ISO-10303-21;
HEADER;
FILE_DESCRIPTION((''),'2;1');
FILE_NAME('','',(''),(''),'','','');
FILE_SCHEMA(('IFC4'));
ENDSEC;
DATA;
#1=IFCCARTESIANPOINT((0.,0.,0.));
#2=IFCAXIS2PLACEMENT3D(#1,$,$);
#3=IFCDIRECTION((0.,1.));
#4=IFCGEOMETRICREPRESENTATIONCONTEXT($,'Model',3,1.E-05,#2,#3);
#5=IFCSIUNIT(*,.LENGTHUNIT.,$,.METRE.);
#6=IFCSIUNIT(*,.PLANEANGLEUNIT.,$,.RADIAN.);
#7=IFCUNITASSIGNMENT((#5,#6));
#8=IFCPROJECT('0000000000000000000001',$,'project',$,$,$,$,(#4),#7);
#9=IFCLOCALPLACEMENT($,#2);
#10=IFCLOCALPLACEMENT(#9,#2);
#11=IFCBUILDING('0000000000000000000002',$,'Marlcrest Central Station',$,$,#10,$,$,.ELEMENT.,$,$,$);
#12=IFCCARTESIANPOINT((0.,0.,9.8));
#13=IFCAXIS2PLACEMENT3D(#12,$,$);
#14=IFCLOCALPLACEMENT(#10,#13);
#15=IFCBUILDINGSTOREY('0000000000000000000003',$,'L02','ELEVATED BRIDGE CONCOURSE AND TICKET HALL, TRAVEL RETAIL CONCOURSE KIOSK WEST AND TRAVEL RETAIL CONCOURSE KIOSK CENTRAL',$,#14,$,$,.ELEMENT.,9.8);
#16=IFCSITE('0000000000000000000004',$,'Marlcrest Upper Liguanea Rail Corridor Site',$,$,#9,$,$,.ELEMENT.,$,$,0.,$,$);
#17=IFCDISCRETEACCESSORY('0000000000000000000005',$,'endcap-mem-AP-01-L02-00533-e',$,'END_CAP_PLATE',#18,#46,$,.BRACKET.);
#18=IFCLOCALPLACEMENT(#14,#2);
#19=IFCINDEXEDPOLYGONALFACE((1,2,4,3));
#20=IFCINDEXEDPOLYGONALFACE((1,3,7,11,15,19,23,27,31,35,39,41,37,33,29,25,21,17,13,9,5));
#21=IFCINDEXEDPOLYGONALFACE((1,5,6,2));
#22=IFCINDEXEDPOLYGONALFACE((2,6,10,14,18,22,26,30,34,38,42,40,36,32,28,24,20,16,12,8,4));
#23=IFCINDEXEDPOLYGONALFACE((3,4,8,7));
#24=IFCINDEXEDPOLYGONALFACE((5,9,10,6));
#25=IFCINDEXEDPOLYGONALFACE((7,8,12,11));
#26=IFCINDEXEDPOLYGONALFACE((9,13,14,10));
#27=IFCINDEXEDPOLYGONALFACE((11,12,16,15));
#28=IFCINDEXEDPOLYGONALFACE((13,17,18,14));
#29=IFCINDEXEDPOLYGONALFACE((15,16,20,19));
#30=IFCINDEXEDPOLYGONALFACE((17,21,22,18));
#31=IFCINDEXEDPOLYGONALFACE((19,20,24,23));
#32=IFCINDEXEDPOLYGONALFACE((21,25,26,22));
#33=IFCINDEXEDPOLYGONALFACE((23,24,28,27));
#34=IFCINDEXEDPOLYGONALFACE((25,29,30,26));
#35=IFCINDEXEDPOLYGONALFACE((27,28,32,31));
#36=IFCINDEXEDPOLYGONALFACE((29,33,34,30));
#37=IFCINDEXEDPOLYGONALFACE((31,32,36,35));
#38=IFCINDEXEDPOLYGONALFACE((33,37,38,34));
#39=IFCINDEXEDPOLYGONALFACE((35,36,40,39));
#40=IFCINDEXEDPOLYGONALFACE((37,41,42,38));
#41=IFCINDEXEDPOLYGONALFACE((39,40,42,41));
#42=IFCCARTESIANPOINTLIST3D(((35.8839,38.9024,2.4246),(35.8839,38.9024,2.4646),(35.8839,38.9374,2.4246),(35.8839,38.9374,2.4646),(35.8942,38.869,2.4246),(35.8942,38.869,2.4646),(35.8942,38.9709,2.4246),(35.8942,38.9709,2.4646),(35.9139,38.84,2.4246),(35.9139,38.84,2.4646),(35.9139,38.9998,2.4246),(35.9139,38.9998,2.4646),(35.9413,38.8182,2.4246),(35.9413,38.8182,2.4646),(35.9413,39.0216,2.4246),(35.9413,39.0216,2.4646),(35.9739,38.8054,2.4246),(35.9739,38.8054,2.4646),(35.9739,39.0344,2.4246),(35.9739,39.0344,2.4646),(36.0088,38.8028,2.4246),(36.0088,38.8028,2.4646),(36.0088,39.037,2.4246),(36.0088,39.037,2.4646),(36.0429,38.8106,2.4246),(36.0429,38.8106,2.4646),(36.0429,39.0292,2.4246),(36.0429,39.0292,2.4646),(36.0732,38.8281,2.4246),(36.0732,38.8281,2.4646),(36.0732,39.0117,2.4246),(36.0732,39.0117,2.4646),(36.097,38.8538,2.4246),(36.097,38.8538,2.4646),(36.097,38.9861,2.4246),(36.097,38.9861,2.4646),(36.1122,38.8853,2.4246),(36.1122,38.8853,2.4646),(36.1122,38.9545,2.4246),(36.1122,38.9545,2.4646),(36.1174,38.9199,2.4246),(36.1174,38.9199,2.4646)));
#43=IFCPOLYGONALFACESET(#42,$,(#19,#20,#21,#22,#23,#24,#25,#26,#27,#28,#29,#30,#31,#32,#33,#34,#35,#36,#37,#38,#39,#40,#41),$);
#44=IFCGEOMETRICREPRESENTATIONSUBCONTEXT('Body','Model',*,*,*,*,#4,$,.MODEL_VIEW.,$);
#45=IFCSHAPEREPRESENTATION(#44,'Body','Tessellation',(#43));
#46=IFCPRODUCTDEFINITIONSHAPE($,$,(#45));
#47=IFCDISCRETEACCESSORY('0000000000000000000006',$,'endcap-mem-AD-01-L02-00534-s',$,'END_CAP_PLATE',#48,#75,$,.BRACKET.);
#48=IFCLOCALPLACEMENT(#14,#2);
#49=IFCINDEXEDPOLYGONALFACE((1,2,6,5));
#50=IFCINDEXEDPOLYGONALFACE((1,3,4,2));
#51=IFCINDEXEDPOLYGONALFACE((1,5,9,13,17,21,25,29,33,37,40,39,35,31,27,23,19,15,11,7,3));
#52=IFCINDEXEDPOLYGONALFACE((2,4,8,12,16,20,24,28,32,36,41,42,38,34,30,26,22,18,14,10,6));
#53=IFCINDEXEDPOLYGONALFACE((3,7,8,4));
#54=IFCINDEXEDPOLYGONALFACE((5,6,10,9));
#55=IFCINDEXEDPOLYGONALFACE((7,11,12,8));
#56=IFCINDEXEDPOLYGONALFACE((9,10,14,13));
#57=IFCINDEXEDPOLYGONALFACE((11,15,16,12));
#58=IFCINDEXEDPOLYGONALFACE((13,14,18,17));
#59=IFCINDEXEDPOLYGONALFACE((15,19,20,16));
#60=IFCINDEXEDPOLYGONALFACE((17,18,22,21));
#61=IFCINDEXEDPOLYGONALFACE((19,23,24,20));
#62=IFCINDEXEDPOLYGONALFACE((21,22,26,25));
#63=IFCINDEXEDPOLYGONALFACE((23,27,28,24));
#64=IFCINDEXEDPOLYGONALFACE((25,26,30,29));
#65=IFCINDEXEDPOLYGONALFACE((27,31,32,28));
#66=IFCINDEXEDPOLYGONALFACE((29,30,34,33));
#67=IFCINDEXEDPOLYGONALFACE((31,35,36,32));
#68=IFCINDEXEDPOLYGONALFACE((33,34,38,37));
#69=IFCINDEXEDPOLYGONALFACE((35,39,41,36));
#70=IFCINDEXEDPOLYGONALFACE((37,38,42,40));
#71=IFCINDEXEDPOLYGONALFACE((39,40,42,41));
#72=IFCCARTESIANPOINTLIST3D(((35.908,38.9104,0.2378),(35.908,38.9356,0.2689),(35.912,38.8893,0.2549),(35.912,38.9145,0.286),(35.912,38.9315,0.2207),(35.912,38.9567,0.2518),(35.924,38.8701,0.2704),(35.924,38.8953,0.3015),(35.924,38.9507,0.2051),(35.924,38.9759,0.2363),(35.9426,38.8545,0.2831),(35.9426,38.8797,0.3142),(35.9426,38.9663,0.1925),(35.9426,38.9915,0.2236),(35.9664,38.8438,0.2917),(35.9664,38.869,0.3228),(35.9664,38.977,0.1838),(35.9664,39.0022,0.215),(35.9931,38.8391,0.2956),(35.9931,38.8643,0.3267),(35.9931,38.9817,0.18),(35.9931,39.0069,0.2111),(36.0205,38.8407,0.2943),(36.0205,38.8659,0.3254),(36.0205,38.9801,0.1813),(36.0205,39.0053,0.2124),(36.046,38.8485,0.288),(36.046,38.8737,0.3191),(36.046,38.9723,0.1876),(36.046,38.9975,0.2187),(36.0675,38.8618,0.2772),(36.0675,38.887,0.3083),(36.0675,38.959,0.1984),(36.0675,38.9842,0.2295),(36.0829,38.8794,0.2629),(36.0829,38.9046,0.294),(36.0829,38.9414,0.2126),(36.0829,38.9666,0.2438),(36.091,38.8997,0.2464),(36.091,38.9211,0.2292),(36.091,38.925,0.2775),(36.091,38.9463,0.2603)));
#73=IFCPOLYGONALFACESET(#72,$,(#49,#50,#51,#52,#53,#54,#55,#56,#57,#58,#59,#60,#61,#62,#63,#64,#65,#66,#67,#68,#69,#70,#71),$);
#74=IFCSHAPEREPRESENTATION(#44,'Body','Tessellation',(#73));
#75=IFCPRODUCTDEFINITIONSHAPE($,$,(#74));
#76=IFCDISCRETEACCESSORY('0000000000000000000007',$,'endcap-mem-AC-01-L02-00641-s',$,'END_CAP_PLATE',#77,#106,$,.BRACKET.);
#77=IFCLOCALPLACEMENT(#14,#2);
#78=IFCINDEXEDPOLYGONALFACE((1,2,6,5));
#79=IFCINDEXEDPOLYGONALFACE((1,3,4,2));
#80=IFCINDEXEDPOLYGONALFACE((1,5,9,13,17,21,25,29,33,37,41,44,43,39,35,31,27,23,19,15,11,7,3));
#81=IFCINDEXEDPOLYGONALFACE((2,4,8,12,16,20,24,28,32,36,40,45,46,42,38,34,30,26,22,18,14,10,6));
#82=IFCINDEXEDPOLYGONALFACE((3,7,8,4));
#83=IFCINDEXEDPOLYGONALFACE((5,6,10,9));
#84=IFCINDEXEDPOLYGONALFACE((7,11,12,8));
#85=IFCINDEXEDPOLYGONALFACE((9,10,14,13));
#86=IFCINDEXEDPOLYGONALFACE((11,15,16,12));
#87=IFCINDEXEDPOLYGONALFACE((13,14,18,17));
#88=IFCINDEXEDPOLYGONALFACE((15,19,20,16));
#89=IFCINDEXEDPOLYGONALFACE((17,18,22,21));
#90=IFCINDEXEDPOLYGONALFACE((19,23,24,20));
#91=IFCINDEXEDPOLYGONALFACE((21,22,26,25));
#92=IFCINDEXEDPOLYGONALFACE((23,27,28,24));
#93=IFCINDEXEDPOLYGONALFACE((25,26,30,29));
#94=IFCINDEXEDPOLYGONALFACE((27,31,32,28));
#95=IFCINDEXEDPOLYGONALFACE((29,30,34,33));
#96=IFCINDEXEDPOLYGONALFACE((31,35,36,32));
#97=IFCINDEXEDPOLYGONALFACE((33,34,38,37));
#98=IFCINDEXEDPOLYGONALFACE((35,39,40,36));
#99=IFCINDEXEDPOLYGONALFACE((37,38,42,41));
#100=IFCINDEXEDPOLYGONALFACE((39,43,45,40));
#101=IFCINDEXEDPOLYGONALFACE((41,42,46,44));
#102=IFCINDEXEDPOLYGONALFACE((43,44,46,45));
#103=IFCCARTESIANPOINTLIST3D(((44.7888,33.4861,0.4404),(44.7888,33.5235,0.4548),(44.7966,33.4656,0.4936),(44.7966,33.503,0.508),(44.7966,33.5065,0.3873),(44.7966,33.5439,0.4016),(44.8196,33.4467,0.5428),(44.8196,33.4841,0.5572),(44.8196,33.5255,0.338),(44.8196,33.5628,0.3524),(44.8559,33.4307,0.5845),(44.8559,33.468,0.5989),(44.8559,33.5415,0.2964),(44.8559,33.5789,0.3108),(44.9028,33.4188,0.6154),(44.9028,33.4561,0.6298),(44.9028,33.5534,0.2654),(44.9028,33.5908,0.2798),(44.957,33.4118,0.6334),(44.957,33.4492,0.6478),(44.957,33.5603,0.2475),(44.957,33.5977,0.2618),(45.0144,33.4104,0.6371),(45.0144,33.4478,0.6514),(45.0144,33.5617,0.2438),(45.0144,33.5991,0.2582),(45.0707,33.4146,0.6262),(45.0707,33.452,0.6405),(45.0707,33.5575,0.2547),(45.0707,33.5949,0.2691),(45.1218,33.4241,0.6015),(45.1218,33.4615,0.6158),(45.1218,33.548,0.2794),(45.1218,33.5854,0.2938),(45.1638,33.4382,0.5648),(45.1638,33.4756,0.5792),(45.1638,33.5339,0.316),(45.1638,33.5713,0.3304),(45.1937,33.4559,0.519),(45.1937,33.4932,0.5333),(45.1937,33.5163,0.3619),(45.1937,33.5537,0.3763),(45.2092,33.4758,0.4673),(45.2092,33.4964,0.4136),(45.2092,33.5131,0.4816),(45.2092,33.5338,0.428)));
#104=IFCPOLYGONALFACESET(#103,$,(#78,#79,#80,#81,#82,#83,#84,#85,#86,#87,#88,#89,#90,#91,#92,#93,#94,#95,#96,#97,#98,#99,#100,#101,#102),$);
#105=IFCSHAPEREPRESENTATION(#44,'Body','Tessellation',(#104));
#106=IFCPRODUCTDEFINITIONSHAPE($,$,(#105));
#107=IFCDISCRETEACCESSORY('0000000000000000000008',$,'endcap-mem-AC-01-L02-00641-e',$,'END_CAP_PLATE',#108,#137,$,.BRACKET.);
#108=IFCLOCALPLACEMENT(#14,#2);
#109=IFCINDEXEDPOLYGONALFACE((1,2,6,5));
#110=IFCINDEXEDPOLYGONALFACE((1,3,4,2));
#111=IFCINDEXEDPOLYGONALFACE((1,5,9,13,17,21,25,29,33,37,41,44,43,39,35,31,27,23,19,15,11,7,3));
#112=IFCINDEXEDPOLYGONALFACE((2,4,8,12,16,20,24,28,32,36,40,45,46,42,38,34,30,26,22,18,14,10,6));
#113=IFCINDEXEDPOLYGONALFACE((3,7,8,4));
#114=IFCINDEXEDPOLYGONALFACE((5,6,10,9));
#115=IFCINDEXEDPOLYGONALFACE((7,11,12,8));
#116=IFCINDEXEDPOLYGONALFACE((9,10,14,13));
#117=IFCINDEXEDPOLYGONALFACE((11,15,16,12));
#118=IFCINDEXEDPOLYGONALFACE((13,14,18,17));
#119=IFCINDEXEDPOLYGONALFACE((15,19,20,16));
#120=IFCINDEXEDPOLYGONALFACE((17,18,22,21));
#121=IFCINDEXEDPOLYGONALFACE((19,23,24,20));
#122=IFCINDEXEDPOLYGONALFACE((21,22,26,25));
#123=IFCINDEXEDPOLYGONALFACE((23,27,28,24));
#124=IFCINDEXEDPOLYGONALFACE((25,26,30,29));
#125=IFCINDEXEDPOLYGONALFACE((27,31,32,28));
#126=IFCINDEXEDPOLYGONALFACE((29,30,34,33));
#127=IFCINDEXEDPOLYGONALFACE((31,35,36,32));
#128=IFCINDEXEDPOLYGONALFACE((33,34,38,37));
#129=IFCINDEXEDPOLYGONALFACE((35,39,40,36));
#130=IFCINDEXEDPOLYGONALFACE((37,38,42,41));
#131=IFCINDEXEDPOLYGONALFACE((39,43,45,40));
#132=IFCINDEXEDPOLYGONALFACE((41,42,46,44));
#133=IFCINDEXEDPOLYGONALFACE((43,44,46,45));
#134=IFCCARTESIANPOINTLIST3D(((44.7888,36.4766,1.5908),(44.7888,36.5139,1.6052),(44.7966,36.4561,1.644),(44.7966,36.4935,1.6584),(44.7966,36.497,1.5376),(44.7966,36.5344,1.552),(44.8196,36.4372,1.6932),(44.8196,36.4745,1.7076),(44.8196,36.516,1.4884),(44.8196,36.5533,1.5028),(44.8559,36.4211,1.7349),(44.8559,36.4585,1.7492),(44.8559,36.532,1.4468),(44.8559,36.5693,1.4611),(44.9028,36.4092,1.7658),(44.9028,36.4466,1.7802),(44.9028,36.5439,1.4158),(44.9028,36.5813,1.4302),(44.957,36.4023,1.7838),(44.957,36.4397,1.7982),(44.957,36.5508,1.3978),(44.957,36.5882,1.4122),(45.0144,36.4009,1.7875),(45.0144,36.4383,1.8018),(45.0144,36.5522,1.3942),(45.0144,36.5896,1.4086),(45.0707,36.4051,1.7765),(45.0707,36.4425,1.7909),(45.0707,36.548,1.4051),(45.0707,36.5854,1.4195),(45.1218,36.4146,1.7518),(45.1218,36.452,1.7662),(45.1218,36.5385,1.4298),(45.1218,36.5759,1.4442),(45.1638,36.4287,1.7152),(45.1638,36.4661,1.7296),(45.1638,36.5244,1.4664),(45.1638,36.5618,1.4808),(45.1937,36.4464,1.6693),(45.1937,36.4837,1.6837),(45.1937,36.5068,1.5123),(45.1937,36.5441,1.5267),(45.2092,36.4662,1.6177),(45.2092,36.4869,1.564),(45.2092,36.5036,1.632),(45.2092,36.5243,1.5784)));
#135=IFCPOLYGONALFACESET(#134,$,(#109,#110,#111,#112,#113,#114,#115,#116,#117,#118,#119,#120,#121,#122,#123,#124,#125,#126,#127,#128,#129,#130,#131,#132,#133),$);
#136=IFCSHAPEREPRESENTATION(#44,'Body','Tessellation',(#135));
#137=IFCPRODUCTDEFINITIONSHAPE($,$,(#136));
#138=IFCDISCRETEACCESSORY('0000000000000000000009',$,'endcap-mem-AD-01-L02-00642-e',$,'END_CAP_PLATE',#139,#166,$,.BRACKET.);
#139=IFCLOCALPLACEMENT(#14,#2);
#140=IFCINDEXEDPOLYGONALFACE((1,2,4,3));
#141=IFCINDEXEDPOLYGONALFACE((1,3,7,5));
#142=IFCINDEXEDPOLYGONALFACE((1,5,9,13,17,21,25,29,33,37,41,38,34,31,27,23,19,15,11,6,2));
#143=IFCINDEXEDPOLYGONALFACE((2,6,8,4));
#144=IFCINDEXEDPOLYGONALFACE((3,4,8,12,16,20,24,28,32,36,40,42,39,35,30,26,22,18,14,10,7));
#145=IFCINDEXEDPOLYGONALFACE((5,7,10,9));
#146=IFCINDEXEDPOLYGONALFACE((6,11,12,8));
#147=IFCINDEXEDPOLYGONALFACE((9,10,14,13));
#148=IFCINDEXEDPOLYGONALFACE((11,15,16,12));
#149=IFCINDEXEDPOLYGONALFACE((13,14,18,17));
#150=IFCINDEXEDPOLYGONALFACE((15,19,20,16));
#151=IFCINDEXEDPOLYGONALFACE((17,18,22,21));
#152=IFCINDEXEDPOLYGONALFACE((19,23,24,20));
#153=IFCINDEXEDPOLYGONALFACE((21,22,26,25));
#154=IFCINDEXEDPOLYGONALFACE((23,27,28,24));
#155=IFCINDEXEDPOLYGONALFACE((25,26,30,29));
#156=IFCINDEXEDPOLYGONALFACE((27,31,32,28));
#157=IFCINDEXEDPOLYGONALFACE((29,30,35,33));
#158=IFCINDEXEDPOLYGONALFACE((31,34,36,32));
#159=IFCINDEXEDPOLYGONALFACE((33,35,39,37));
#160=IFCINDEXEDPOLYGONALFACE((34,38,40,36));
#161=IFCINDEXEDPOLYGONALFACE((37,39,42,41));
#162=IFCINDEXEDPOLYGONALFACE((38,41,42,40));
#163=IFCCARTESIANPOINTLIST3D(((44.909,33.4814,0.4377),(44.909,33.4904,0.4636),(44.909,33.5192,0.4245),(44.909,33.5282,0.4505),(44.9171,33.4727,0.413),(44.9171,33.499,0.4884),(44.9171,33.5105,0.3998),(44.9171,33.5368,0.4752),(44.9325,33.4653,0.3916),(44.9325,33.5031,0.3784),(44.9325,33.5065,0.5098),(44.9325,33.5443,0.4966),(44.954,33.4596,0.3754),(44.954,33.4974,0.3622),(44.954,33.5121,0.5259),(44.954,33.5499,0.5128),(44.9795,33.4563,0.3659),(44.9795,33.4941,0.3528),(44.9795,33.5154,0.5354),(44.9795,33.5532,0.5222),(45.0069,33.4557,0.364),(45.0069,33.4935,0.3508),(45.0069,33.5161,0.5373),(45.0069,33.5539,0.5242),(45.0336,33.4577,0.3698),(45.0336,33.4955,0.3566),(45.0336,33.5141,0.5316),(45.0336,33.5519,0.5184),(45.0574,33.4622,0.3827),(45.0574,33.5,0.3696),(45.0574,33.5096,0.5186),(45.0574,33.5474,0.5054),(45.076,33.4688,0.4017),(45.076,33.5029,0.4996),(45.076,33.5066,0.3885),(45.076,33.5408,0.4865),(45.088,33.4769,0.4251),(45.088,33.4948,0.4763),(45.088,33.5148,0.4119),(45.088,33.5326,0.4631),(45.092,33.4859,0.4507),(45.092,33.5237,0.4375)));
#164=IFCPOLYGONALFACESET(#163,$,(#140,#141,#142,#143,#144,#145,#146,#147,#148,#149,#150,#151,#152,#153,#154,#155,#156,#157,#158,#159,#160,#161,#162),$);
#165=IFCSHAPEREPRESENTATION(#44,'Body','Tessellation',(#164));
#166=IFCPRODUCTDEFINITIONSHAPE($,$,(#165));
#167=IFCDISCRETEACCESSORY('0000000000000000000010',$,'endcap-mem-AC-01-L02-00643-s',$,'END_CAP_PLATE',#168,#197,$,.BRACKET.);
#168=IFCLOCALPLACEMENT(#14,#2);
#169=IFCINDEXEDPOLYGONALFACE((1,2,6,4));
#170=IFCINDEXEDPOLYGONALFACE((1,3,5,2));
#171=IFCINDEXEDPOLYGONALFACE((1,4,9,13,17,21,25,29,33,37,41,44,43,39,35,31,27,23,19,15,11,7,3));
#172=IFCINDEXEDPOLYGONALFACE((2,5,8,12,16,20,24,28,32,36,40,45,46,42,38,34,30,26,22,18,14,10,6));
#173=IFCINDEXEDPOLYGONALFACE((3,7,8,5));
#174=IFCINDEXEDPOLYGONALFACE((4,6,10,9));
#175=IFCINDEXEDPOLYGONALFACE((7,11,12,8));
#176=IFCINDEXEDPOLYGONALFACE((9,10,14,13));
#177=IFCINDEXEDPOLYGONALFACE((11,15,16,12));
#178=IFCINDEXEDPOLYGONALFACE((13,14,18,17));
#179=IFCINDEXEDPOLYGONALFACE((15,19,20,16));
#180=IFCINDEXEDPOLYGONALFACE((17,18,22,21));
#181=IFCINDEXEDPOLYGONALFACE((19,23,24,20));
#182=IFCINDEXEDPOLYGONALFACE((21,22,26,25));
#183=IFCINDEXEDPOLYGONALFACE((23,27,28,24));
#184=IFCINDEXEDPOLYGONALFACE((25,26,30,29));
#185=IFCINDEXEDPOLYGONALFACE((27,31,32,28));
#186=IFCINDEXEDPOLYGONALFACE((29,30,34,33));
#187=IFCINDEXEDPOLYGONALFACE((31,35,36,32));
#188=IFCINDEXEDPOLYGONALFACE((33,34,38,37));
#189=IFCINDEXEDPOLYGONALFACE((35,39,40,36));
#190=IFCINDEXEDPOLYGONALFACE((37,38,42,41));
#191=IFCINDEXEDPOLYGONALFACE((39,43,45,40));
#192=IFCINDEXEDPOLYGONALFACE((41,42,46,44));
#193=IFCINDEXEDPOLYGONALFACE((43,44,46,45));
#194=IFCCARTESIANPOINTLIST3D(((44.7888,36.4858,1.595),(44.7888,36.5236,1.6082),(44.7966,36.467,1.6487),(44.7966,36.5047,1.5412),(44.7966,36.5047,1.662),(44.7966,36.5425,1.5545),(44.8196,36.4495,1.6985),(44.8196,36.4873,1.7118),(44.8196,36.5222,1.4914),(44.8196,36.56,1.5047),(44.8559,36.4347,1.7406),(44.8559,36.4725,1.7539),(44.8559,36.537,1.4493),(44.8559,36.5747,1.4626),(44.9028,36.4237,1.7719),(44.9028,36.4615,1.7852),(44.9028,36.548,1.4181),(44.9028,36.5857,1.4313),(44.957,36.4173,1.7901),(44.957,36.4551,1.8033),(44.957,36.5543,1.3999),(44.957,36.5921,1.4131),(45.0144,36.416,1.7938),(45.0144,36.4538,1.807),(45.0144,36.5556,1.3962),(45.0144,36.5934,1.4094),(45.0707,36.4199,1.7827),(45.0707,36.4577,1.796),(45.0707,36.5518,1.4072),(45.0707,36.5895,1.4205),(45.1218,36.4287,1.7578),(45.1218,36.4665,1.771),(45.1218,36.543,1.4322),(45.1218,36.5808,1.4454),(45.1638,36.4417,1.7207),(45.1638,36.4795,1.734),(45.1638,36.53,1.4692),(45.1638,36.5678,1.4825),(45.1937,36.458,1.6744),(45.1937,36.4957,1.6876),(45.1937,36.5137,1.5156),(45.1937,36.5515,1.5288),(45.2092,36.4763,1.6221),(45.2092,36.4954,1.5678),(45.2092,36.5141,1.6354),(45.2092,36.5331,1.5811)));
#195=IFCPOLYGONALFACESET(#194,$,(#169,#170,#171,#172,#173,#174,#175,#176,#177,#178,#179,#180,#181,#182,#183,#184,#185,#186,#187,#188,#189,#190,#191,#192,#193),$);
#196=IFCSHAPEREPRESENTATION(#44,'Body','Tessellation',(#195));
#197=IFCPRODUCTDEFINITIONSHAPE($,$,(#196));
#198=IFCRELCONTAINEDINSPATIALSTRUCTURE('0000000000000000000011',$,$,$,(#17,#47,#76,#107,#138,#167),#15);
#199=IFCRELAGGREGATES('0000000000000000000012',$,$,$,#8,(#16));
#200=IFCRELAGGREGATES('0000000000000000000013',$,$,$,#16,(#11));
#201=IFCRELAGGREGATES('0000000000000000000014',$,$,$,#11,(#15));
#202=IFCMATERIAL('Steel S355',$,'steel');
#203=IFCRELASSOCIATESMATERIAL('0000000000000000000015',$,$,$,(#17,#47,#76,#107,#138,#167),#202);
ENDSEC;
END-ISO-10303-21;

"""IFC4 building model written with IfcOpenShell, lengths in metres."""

from ifc_helpers import new_model, si_unit, direction, frame, origin, origin_2d, place, context, subcontext, project, spatial, circle, extrude, material, element, save


model = new_model("IFC4")

# Units and contexts
model_context = context("Model", 3, precision=1e-05, world=origin(), true_north=direction((0.0, 1.0)))
body_context = subcontext(model_context, "Body", "Model", "MODEL_VIEW")
ifc_project = project(units=[si_unit("LENGTHUNIT", "METRE"), si_unit("PLANEANGLEUNIT", "RADIAN")], contexts=[model_context])

# Site, building, storey
site_placement = place(None, origin())
site = spatial("IfcSite", under=ifc_project, at=site_placement, Name="Marlcrest Upper Liguanea Rail Corridor Site", CompositionType="ELEMENT", RefElevation=0.0)
building_placement = place(site_placement, origin())
building = spatial("IfcBuilding", under=site, at=building_placement, Name="Marlcrest Central Station", CompositionType="ELEMENT")
storey_placement = place(building_placement, frame((0.0, 0.0, 9.8)))
storey = spatial("IfcBuildingStorey", under=building, at=storey_placement, Name="L02", Description="ELEVATED BRIDGE CONCOURSE AND TICKET HALL, TRAVEL RETAIL CONCOURSE KIOSK WEST AND TRAVEL RETAIL CONCOURSE KIOSK CENTRAL", CompositionType="ELEMENT", Elevation=9.8)

# Shared definitions
ifc_material_1 = material(Name="Steel S355", Category="steel")

# Discrete accessories
for number, where, z_axis, x_axis, name in (
    (1, (36.0, 38.9199, 2.4246), (0.0, 0.0, 1.0), (1.0, 0.0, 0.0), "endcap-mem-AP-01-L02-00533-e"),
):
    element("IfcDiscreteAccessory", number, at=place(storey_placement, frame(where, z_axis=z_axis, x_axis=x_axis)), inside=storey, material=ifc_material_1, Name=name, ObjectType="END_CAP_PLATE", PredefinedType="BRACKET", context=body_context, shape_type="SweptSolid", body=[
        extrude(circle(Radius=0.1174, at=origin_2d()), origin(), (0.0, 0.0, 1.0), 0.04),
    ])
discrete_accessory_1_placement = place(storey_placement, frame((36.0, 38.9104, 0.2378), z_axis=(0.0, 0.629629, 0.776896), x_axis=(-1.0, 0.0, 0.0)))
element("IfcDiscreteAccessory", 2, at=discrete_accessory_1_placement, inside=storey, material=ifc_material_1, Name="endcap-mem-AD-01-L02-00534-s", ObjectType="END_CAP_PLATE", PredefinedType="BRACKET", context=body_context, shape_type="SweptSolid", body=[
    extrude(circle(Radius=0.092, at=origin_2d()), origin(), (0.0, 0.0, 1.0), 0.04),
])
for number, where, z_axis, x_axis, name in (
    (3, (45.0, 33.4861, 0.4404), (0.0, 0.933324, 0.359035), (-1.0, 0.0, 0.0), "endcap-mem-AC-01-L02-00641-s"),
    (4, (45.0, 36.4766, 1.5908), (0.0, 0.933324, 0.359035), (-1.0, 0.0, 0.0), "endcap-mem-AC-01-L02-00641-e"),
):
    element("IfcDiscreteAccessory", number, at=place(storey_placement, frame(where, z_axis=z_axis, x_axis=x_axis)), inside=storey, material=ifc_material_1, Name=name, ObjectType="END_CAP_PLATE", PredefinedType="BRACKET", context=body_context, shape_type="SweptSolid", body=[
        extrude(circle(Radius=0.2112, at=origin_2d()), origin(), (0.0, 0.0, 1.0), 0.04),
    ])
discrete_accessory_2_placement = place(storey_placement, frame((45.0, 33.5237, 0.4375), z_axis=(0.0, -0.94426, 0.3292), x_axis=(1.0, 0.0, 0.0)))
element("IfcDiscreteAccessory", 5, at=discrete_accessory_2_placement, inside=storey, material=ifc_material_1, Name="endcap-mem-AD-01-L02-00642-e", ObjectType="END_CAP_PLATE", PredefinedType="BRACKET", context=body_context, shape_type="SweptSolid", body=[
    extrude(circle(Radius=0.092, at=origin_2d()), origin(), (0.0, 0.0, 1.0), 0.04),
])
discrete_accessory_3_placement = place(storey_placement, frame((45.0, 36.4858, 1.595), z_axis=(0.0, 0.943537, 0.331266), x_axis=(-1.0, 0.0, 0.0)))
element("IfcDiscreteAccessory", 6, at=discrete_accessory_3_placement, inside=storey, material=ifc_material_1, Name="endcap-mem-AC-01-L02-00643-s", ObjectType="END_CAP_PLATE", PredefinedType="BRACKET", context=body_context, shape_type="SweptSolid", body=[
    extrude(circle(Radius=0.2112, at=origin_2d()), origin(), (0.0, 0.0, 1.0), 0.04),
])

save(model, "model.ifc")
